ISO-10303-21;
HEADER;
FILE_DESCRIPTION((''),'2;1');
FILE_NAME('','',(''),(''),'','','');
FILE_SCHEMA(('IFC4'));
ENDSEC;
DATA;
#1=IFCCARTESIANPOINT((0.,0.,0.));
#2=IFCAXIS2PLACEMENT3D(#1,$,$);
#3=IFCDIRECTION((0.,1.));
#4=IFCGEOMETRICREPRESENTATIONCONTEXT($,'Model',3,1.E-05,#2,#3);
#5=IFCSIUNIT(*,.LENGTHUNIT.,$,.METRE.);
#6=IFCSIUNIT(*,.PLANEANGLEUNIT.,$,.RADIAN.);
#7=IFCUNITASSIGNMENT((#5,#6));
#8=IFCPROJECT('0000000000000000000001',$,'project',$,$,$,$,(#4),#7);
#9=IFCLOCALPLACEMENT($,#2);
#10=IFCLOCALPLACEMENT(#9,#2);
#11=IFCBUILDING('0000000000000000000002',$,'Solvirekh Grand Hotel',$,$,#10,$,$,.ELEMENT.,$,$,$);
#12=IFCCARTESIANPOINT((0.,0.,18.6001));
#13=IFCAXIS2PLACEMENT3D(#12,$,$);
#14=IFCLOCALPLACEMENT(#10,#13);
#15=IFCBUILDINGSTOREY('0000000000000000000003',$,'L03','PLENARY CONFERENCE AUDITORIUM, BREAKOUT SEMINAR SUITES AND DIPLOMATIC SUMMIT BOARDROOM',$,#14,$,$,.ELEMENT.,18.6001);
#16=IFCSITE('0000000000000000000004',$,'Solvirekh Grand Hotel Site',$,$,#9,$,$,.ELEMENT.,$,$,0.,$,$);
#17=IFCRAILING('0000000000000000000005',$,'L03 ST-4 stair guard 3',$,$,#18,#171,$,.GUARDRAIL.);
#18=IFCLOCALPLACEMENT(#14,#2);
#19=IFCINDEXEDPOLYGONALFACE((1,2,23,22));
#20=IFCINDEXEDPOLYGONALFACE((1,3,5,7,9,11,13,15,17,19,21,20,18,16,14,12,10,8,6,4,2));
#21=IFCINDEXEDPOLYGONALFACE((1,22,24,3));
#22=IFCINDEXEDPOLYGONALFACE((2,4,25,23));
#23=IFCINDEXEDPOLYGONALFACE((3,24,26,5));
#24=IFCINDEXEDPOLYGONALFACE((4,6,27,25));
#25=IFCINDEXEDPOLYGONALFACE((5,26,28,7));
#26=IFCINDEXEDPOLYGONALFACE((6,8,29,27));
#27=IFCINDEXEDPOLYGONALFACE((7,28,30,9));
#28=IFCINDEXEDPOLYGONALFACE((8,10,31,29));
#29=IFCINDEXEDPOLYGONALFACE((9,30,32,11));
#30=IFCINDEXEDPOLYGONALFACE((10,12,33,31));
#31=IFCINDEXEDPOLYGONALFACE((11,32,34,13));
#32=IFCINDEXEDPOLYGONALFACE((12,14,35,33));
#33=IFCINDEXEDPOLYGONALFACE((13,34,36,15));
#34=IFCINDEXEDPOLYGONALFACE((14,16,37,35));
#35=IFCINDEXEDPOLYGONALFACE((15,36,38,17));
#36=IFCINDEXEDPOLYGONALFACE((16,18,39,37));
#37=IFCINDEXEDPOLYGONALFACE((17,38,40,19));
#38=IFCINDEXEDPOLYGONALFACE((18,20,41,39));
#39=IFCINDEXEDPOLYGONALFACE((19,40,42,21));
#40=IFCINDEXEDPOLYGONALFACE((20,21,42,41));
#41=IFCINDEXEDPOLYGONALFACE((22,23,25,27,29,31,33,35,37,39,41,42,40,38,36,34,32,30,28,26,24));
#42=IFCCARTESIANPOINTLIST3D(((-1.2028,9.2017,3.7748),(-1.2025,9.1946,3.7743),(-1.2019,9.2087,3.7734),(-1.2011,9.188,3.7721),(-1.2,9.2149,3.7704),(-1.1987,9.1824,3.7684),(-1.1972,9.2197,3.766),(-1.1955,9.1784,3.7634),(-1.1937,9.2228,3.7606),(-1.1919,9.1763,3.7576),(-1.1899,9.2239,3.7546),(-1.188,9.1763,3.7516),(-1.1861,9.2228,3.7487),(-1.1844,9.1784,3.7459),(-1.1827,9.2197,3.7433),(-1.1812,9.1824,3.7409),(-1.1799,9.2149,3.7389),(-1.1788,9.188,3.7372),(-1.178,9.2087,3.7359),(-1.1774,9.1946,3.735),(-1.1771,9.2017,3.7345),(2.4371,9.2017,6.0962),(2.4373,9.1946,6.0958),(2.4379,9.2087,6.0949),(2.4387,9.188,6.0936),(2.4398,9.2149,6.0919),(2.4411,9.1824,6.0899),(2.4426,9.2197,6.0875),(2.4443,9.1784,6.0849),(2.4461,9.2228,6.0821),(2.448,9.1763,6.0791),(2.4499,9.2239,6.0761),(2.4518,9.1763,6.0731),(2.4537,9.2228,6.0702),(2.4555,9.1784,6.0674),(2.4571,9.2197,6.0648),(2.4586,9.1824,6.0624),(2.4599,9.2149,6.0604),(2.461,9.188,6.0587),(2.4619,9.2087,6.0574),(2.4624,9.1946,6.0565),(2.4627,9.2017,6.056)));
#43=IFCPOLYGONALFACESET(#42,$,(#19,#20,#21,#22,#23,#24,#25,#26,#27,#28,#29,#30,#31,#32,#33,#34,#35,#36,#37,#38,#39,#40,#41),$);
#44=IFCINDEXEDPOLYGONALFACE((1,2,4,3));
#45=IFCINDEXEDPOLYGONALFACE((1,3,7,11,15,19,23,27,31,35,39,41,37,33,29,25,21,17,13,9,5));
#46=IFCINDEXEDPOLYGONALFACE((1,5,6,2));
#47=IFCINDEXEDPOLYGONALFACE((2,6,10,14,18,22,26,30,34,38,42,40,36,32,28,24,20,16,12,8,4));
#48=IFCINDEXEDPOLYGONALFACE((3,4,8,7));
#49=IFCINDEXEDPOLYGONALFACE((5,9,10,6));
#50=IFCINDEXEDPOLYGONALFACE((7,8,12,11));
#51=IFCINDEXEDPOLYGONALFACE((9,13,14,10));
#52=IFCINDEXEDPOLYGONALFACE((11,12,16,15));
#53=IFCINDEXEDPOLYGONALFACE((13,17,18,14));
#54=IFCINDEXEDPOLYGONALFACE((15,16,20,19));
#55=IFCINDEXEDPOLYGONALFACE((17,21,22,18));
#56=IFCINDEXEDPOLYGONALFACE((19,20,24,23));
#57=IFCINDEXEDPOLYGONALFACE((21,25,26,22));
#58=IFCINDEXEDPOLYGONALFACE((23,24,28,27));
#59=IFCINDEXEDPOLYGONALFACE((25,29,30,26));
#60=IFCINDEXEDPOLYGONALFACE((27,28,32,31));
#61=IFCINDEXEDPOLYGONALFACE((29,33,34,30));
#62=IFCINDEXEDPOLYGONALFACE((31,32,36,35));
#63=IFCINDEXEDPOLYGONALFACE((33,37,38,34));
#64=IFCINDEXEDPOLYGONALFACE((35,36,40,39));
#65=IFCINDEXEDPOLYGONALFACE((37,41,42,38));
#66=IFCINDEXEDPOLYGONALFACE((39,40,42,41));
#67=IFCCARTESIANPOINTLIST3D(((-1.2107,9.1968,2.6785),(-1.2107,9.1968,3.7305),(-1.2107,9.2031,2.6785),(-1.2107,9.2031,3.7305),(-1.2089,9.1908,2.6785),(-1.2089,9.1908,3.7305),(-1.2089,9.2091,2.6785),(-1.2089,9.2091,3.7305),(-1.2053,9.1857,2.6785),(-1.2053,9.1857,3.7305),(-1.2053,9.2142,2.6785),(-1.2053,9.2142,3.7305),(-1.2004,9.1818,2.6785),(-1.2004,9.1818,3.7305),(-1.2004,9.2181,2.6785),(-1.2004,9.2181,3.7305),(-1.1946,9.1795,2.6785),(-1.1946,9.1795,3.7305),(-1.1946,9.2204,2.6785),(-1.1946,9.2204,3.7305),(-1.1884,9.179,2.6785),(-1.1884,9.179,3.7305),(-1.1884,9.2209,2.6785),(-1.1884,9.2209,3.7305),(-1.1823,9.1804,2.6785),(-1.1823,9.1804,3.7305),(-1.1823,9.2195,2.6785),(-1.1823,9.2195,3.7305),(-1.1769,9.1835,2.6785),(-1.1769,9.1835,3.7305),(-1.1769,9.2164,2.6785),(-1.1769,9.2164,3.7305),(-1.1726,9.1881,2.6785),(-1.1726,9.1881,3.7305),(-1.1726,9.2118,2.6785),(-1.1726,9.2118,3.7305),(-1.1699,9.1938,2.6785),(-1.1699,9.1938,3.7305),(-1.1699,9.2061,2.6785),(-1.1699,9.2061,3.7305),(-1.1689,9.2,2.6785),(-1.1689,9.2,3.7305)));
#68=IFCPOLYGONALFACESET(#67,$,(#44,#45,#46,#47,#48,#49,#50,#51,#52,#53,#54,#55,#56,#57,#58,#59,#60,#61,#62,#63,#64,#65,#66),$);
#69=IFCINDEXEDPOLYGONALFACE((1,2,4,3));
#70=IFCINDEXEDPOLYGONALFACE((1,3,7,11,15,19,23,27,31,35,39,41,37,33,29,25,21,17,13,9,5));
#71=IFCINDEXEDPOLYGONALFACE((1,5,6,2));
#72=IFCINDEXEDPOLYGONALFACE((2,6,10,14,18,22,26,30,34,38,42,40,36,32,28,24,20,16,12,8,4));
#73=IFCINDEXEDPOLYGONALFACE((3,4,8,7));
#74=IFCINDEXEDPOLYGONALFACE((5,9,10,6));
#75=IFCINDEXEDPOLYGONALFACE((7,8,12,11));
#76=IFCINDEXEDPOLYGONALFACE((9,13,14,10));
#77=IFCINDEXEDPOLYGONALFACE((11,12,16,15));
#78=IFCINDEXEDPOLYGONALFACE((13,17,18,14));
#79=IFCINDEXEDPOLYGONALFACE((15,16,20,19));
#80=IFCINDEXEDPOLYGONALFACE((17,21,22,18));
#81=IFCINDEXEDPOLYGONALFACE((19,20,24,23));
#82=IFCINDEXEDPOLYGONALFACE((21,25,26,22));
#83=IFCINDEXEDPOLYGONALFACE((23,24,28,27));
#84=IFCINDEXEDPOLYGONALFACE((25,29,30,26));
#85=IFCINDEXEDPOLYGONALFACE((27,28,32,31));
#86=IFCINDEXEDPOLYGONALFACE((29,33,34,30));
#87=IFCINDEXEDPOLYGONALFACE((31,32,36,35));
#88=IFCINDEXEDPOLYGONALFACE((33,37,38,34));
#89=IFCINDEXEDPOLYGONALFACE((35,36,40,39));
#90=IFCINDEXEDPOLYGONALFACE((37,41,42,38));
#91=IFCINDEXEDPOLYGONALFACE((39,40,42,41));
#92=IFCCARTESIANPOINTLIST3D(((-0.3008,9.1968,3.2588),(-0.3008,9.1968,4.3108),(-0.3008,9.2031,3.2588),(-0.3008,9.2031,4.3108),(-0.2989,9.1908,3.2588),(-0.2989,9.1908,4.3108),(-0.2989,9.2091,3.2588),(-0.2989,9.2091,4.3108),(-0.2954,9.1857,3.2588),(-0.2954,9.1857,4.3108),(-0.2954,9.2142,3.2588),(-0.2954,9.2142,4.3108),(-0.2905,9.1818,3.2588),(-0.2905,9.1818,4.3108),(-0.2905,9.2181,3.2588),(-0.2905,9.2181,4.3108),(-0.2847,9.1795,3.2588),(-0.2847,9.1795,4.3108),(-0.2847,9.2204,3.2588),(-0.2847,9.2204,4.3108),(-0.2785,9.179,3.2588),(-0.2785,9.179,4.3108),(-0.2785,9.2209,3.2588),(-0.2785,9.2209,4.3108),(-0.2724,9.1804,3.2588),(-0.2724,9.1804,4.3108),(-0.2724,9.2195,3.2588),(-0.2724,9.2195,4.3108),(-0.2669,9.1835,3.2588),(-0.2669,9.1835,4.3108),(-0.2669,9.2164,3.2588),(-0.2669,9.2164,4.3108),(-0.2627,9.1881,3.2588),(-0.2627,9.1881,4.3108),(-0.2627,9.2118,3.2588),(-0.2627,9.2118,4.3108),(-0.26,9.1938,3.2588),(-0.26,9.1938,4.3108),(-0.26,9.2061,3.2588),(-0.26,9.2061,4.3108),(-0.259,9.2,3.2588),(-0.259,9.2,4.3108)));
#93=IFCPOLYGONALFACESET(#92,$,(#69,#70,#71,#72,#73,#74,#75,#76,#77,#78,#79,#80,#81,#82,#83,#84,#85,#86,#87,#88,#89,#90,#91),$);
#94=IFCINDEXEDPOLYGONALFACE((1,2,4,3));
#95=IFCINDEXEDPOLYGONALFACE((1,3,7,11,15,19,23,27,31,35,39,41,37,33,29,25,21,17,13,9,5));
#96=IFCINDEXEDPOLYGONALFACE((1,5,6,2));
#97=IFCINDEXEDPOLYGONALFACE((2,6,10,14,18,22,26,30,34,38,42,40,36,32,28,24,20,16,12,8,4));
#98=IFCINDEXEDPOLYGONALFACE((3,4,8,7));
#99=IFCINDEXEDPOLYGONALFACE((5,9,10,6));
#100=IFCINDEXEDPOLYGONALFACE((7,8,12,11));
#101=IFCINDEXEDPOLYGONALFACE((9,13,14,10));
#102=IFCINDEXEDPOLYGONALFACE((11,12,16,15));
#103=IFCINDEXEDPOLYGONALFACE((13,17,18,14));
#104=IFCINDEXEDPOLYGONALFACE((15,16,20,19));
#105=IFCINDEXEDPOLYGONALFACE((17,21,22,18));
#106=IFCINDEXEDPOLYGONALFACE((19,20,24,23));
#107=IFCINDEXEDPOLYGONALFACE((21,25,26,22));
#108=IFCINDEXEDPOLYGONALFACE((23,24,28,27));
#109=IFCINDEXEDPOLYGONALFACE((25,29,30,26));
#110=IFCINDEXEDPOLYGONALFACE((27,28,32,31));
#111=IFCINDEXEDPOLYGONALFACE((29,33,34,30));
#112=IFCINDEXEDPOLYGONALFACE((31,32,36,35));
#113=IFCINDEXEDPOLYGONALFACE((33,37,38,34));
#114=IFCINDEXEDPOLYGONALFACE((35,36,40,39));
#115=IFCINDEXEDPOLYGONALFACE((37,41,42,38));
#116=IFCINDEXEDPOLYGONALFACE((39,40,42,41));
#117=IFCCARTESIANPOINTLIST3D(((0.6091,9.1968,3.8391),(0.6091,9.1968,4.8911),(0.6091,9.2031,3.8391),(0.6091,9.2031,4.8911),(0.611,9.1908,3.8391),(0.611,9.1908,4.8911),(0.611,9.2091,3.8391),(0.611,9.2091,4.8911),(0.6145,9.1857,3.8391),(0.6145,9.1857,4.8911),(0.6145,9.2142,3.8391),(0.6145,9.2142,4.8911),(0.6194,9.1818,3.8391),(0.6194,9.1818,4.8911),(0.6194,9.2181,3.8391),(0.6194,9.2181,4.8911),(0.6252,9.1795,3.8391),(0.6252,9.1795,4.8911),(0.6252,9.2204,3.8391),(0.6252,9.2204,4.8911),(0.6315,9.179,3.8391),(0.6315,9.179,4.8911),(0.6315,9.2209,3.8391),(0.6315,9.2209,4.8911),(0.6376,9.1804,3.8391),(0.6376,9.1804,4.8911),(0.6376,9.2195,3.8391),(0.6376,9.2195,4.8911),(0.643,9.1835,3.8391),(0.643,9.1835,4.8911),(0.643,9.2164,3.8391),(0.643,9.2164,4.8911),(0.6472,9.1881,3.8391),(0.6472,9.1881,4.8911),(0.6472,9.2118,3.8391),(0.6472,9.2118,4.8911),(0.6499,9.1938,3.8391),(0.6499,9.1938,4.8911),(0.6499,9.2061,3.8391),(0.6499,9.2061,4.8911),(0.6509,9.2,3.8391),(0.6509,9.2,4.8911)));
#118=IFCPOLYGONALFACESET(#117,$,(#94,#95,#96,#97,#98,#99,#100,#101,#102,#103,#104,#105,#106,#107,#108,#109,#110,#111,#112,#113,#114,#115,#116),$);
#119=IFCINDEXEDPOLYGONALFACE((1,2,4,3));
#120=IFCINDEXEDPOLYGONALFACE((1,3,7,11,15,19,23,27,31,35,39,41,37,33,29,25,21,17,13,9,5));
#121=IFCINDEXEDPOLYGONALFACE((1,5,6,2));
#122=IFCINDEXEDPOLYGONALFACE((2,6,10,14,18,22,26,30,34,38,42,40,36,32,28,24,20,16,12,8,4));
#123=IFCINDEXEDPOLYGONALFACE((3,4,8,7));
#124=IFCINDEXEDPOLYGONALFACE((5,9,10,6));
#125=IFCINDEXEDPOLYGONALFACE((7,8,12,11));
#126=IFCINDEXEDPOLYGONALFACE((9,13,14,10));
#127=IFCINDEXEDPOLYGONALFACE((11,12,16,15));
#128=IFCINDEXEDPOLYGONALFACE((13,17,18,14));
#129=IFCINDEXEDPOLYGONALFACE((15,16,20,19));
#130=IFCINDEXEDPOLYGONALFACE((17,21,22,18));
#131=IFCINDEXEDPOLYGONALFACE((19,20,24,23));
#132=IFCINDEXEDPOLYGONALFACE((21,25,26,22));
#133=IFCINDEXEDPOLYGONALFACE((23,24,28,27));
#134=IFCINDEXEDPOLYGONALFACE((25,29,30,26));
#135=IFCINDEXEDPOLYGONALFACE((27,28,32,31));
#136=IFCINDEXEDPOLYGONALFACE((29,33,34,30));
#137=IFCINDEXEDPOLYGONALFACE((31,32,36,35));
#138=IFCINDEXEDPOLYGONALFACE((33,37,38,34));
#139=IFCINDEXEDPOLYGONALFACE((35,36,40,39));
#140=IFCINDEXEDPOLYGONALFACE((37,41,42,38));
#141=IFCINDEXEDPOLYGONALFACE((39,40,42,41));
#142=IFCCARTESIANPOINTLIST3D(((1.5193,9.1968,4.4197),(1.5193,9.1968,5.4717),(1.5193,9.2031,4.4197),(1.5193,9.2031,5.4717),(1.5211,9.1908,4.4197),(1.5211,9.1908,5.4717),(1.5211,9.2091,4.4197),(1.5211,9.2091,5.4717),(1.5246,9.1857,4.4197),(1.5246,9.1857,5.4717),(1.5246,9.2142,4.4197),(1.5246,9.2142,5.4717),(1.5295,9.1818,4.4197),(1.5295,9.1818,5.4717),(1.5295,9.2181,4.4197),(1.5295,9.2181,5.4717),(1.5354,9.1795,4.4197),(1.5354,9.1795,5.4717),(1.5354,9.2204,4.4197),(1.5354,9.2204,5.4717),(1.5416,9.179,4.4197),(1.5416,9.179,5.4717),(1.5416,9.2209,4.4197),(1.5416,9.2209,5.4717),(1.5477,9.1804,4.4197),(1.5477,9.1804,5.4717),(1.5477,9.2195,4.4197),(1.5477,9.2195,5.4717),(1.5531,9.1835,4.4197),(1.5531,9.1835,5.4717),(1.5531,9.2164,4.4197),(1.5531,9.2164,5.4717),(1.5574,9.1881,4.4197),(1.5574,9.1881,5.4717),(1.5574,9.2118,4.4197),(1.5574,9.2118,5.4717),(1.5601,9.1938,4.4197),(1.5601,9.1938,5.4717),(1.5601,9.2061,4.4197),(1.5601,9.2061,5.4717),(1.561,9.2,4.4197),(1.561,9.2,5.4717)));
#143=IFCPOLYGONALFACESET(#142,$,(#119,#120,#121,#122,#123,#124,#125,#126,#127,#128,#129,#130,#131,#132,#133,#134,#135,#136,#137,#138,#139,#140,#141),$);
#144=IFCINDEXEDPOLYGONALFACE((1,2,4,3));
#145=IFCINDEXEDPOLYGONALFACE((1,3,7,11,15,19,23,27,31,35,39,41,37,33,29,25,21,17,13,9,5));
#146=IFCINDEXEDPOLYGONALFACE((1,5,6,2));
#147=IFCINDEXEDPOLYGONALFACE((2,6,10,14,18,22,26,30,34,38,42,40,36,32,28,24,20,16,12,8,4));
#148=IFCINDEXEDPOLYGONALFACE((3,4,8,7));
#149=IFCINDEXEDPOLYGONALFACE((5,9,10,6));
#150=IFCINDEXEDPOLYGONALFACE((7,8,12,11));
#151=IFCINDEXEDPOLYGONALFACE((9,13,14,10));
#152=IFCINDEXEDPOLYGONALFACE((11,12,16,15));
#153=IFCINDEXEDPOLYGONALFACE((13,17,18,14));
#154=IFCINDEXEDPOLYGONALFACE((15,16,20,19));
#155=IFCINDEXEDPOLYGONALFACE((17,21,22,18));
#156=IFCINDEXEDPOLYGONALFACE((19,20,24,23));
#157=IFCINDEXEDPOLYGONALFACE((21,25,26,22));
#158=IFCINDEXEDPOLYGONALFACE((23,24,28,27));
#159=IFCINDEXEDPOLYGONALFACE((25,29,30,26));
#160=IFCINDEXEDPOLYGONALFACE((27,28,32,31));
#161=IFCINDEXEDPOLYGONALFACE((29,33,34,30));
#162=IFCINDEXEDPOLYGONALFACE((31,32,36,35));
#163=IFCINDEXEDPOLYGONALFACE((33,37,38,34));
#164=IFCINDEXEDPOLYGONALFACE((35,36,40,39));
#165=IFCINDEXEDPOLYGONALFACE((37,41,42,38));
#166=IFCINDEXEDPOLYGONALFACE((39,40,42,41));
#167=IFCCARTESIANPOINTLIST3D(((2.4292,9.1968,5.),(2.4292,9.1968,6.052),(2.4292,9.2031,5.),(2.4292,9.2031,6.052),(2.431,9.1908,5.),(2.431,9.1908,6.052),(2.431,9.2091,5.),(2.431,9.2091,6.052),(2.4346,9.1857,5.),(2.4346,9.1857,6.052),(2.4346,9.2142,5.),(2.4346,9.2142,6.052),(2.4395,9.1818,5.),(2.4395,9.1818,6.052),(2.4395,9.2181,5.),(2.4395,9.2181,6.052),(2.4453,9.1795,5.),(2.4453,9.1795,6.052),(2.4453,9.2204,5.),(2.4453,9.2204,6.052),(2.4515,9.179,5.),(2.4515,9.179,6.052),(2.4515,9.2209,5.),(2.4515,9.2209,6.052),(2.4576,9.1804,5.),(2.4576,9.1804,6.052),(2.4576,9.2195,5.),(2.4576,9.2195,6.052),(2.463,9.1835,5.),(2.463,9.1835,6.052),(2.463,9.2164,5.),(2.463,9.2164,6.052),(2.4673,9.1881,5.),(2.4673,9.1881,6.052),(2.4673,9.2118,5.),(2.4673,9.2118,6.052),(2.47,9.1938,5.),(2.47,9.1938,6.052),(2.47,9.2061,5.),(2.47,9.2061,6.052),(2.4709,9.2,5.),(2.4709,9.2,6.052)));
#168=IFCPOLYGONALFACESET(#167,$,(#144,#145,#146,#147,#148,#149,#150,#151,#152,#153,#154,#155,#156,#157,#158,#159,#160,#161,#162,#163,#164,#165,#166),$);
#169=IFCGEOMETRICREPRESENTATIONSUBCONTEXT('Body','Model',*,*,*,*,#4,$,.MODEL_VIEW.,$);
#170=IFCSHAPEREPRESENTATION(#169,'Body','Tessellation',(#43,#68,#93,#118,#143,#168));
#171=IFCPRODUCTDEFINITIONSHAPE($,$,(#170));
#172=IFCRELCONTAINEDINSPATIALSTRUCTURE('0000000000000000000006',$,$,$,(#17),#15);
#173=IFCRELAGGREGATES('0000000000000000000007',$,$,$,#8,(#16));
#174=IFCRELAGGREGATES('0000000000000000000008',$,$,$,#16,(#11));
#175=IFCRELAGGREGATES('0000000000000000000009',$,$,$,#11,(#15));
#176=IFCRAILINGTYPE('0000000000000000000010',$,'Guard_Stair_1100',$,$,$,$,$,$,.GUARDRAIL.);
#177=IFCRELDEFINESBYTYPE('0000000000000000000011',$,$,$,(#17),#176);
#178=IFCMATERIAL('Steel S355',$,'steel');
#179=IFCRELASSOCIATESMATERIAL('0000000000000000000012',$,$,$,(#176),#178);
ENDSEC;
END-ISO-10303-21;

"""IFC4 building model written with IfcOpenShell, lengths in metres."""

from ifc_helpers import new_model, si_unit, direction, frame, origin, origin_2d, place, context, subcontext, project, spatial, circle, extrude, material, type_object, element, save


model = new_model("IFC4")

# Units and contexts
model_context = context("Model", 3, precision=1e-05, world=origin(), true_north=direction((0.0, 1.0)))
body_context = subcontext(model_context, "Body", "Model", "MODEL_VIEW")
ifc_project = project(units=[si_unit("LENGTHUNIT", "METRE"), si_unit("PLANEANGLEUNIT", "RADIAN")], contexts=[model_context])

# Site, building, storey
site_placement = place(None, origin())
site = spatial("IfcSite", under=ifc_project, at=site_placement, Name="Solvirekh Grand Hotel Site", CompositionType="ELEMENT", RefElevation=0.0)
building_placement = place(site_placement, origin())
building = spatial("IfcBuilding", under=site, at=building_placement, Name="Solvirekh Grand Hotel", CompositionType="ELEMENT")
storey_placement = place(building_placement, frame((0.0, 0.0, 18.6001)))
storey = spatial("IfcBuildingStorey", under=building, at=storey_placement, Name="L03", Description="PLENARY CONFERENCE AUDITORIUM, BREAKOUT SEMINAR SUITES AND DIPLOMATIC SUMMIT BOARDROOM", CompositionType="ELEMENT", Elevation=18.6001)

# Shared definitions
ifc_material_1 = material(Name="Steel S355", Category="steel")

# Railing
railing_type_1 = type_object("IfcRailingType", Name="Guard_Stair_1100", PredefinedType="GUARDRAIL", material=ifc_material_1)
railing_1_placement = place(storey_placement, frame((-1.1899, 9.2, 2.6785)))
element("IfcRailing", 1, at=railing_1_placement, inside=storey, type_object=railing_type_1, Name="L03 ST-4 stair guard 3", PredefinedType="GUARDRAIL", context=body_context, shape_type="SweptSolid", body=[
    extrude(circle(Radius=0.0239, at=origin_2d()), frame((0.0, 0.0, 1.0762), z_axis=(0.843112, 0.0, 0.537739), x_axis=(0.0, 1.0, 0.0)), (0.0, 0.0, 1.0), 4.3171),
    extrude(circle(Radius=0.021, at=origin_2d()), origin(), (0.0, 0.0, 1.0), 1.052),
    extrude(circle(Radius=0.021, at=origin_2d()), frame((0.9099, 0.0, 0.5803)), (0.0, 0.0, 1.0), 1.052),
    extrude(circle(Radius=0.021, at=origin_2d()), frame((1.8198, 0.0, 1.1606)), (0.0, 0.0, 1.0), 1.052),
    extrude(circle(Radius=0.021, at=origin_2d()), frame((2.73, 0.0, 1.7412)), (0.0, 0.0, 1.0), 1.052),
    extrude(circle(Radius=0.021, at=origin_2d()), frame((3.6399, 0.0, 2.3215)), (0.0, 0.0, 1.0), 1.052),
])

save(model, "model.ifc")
